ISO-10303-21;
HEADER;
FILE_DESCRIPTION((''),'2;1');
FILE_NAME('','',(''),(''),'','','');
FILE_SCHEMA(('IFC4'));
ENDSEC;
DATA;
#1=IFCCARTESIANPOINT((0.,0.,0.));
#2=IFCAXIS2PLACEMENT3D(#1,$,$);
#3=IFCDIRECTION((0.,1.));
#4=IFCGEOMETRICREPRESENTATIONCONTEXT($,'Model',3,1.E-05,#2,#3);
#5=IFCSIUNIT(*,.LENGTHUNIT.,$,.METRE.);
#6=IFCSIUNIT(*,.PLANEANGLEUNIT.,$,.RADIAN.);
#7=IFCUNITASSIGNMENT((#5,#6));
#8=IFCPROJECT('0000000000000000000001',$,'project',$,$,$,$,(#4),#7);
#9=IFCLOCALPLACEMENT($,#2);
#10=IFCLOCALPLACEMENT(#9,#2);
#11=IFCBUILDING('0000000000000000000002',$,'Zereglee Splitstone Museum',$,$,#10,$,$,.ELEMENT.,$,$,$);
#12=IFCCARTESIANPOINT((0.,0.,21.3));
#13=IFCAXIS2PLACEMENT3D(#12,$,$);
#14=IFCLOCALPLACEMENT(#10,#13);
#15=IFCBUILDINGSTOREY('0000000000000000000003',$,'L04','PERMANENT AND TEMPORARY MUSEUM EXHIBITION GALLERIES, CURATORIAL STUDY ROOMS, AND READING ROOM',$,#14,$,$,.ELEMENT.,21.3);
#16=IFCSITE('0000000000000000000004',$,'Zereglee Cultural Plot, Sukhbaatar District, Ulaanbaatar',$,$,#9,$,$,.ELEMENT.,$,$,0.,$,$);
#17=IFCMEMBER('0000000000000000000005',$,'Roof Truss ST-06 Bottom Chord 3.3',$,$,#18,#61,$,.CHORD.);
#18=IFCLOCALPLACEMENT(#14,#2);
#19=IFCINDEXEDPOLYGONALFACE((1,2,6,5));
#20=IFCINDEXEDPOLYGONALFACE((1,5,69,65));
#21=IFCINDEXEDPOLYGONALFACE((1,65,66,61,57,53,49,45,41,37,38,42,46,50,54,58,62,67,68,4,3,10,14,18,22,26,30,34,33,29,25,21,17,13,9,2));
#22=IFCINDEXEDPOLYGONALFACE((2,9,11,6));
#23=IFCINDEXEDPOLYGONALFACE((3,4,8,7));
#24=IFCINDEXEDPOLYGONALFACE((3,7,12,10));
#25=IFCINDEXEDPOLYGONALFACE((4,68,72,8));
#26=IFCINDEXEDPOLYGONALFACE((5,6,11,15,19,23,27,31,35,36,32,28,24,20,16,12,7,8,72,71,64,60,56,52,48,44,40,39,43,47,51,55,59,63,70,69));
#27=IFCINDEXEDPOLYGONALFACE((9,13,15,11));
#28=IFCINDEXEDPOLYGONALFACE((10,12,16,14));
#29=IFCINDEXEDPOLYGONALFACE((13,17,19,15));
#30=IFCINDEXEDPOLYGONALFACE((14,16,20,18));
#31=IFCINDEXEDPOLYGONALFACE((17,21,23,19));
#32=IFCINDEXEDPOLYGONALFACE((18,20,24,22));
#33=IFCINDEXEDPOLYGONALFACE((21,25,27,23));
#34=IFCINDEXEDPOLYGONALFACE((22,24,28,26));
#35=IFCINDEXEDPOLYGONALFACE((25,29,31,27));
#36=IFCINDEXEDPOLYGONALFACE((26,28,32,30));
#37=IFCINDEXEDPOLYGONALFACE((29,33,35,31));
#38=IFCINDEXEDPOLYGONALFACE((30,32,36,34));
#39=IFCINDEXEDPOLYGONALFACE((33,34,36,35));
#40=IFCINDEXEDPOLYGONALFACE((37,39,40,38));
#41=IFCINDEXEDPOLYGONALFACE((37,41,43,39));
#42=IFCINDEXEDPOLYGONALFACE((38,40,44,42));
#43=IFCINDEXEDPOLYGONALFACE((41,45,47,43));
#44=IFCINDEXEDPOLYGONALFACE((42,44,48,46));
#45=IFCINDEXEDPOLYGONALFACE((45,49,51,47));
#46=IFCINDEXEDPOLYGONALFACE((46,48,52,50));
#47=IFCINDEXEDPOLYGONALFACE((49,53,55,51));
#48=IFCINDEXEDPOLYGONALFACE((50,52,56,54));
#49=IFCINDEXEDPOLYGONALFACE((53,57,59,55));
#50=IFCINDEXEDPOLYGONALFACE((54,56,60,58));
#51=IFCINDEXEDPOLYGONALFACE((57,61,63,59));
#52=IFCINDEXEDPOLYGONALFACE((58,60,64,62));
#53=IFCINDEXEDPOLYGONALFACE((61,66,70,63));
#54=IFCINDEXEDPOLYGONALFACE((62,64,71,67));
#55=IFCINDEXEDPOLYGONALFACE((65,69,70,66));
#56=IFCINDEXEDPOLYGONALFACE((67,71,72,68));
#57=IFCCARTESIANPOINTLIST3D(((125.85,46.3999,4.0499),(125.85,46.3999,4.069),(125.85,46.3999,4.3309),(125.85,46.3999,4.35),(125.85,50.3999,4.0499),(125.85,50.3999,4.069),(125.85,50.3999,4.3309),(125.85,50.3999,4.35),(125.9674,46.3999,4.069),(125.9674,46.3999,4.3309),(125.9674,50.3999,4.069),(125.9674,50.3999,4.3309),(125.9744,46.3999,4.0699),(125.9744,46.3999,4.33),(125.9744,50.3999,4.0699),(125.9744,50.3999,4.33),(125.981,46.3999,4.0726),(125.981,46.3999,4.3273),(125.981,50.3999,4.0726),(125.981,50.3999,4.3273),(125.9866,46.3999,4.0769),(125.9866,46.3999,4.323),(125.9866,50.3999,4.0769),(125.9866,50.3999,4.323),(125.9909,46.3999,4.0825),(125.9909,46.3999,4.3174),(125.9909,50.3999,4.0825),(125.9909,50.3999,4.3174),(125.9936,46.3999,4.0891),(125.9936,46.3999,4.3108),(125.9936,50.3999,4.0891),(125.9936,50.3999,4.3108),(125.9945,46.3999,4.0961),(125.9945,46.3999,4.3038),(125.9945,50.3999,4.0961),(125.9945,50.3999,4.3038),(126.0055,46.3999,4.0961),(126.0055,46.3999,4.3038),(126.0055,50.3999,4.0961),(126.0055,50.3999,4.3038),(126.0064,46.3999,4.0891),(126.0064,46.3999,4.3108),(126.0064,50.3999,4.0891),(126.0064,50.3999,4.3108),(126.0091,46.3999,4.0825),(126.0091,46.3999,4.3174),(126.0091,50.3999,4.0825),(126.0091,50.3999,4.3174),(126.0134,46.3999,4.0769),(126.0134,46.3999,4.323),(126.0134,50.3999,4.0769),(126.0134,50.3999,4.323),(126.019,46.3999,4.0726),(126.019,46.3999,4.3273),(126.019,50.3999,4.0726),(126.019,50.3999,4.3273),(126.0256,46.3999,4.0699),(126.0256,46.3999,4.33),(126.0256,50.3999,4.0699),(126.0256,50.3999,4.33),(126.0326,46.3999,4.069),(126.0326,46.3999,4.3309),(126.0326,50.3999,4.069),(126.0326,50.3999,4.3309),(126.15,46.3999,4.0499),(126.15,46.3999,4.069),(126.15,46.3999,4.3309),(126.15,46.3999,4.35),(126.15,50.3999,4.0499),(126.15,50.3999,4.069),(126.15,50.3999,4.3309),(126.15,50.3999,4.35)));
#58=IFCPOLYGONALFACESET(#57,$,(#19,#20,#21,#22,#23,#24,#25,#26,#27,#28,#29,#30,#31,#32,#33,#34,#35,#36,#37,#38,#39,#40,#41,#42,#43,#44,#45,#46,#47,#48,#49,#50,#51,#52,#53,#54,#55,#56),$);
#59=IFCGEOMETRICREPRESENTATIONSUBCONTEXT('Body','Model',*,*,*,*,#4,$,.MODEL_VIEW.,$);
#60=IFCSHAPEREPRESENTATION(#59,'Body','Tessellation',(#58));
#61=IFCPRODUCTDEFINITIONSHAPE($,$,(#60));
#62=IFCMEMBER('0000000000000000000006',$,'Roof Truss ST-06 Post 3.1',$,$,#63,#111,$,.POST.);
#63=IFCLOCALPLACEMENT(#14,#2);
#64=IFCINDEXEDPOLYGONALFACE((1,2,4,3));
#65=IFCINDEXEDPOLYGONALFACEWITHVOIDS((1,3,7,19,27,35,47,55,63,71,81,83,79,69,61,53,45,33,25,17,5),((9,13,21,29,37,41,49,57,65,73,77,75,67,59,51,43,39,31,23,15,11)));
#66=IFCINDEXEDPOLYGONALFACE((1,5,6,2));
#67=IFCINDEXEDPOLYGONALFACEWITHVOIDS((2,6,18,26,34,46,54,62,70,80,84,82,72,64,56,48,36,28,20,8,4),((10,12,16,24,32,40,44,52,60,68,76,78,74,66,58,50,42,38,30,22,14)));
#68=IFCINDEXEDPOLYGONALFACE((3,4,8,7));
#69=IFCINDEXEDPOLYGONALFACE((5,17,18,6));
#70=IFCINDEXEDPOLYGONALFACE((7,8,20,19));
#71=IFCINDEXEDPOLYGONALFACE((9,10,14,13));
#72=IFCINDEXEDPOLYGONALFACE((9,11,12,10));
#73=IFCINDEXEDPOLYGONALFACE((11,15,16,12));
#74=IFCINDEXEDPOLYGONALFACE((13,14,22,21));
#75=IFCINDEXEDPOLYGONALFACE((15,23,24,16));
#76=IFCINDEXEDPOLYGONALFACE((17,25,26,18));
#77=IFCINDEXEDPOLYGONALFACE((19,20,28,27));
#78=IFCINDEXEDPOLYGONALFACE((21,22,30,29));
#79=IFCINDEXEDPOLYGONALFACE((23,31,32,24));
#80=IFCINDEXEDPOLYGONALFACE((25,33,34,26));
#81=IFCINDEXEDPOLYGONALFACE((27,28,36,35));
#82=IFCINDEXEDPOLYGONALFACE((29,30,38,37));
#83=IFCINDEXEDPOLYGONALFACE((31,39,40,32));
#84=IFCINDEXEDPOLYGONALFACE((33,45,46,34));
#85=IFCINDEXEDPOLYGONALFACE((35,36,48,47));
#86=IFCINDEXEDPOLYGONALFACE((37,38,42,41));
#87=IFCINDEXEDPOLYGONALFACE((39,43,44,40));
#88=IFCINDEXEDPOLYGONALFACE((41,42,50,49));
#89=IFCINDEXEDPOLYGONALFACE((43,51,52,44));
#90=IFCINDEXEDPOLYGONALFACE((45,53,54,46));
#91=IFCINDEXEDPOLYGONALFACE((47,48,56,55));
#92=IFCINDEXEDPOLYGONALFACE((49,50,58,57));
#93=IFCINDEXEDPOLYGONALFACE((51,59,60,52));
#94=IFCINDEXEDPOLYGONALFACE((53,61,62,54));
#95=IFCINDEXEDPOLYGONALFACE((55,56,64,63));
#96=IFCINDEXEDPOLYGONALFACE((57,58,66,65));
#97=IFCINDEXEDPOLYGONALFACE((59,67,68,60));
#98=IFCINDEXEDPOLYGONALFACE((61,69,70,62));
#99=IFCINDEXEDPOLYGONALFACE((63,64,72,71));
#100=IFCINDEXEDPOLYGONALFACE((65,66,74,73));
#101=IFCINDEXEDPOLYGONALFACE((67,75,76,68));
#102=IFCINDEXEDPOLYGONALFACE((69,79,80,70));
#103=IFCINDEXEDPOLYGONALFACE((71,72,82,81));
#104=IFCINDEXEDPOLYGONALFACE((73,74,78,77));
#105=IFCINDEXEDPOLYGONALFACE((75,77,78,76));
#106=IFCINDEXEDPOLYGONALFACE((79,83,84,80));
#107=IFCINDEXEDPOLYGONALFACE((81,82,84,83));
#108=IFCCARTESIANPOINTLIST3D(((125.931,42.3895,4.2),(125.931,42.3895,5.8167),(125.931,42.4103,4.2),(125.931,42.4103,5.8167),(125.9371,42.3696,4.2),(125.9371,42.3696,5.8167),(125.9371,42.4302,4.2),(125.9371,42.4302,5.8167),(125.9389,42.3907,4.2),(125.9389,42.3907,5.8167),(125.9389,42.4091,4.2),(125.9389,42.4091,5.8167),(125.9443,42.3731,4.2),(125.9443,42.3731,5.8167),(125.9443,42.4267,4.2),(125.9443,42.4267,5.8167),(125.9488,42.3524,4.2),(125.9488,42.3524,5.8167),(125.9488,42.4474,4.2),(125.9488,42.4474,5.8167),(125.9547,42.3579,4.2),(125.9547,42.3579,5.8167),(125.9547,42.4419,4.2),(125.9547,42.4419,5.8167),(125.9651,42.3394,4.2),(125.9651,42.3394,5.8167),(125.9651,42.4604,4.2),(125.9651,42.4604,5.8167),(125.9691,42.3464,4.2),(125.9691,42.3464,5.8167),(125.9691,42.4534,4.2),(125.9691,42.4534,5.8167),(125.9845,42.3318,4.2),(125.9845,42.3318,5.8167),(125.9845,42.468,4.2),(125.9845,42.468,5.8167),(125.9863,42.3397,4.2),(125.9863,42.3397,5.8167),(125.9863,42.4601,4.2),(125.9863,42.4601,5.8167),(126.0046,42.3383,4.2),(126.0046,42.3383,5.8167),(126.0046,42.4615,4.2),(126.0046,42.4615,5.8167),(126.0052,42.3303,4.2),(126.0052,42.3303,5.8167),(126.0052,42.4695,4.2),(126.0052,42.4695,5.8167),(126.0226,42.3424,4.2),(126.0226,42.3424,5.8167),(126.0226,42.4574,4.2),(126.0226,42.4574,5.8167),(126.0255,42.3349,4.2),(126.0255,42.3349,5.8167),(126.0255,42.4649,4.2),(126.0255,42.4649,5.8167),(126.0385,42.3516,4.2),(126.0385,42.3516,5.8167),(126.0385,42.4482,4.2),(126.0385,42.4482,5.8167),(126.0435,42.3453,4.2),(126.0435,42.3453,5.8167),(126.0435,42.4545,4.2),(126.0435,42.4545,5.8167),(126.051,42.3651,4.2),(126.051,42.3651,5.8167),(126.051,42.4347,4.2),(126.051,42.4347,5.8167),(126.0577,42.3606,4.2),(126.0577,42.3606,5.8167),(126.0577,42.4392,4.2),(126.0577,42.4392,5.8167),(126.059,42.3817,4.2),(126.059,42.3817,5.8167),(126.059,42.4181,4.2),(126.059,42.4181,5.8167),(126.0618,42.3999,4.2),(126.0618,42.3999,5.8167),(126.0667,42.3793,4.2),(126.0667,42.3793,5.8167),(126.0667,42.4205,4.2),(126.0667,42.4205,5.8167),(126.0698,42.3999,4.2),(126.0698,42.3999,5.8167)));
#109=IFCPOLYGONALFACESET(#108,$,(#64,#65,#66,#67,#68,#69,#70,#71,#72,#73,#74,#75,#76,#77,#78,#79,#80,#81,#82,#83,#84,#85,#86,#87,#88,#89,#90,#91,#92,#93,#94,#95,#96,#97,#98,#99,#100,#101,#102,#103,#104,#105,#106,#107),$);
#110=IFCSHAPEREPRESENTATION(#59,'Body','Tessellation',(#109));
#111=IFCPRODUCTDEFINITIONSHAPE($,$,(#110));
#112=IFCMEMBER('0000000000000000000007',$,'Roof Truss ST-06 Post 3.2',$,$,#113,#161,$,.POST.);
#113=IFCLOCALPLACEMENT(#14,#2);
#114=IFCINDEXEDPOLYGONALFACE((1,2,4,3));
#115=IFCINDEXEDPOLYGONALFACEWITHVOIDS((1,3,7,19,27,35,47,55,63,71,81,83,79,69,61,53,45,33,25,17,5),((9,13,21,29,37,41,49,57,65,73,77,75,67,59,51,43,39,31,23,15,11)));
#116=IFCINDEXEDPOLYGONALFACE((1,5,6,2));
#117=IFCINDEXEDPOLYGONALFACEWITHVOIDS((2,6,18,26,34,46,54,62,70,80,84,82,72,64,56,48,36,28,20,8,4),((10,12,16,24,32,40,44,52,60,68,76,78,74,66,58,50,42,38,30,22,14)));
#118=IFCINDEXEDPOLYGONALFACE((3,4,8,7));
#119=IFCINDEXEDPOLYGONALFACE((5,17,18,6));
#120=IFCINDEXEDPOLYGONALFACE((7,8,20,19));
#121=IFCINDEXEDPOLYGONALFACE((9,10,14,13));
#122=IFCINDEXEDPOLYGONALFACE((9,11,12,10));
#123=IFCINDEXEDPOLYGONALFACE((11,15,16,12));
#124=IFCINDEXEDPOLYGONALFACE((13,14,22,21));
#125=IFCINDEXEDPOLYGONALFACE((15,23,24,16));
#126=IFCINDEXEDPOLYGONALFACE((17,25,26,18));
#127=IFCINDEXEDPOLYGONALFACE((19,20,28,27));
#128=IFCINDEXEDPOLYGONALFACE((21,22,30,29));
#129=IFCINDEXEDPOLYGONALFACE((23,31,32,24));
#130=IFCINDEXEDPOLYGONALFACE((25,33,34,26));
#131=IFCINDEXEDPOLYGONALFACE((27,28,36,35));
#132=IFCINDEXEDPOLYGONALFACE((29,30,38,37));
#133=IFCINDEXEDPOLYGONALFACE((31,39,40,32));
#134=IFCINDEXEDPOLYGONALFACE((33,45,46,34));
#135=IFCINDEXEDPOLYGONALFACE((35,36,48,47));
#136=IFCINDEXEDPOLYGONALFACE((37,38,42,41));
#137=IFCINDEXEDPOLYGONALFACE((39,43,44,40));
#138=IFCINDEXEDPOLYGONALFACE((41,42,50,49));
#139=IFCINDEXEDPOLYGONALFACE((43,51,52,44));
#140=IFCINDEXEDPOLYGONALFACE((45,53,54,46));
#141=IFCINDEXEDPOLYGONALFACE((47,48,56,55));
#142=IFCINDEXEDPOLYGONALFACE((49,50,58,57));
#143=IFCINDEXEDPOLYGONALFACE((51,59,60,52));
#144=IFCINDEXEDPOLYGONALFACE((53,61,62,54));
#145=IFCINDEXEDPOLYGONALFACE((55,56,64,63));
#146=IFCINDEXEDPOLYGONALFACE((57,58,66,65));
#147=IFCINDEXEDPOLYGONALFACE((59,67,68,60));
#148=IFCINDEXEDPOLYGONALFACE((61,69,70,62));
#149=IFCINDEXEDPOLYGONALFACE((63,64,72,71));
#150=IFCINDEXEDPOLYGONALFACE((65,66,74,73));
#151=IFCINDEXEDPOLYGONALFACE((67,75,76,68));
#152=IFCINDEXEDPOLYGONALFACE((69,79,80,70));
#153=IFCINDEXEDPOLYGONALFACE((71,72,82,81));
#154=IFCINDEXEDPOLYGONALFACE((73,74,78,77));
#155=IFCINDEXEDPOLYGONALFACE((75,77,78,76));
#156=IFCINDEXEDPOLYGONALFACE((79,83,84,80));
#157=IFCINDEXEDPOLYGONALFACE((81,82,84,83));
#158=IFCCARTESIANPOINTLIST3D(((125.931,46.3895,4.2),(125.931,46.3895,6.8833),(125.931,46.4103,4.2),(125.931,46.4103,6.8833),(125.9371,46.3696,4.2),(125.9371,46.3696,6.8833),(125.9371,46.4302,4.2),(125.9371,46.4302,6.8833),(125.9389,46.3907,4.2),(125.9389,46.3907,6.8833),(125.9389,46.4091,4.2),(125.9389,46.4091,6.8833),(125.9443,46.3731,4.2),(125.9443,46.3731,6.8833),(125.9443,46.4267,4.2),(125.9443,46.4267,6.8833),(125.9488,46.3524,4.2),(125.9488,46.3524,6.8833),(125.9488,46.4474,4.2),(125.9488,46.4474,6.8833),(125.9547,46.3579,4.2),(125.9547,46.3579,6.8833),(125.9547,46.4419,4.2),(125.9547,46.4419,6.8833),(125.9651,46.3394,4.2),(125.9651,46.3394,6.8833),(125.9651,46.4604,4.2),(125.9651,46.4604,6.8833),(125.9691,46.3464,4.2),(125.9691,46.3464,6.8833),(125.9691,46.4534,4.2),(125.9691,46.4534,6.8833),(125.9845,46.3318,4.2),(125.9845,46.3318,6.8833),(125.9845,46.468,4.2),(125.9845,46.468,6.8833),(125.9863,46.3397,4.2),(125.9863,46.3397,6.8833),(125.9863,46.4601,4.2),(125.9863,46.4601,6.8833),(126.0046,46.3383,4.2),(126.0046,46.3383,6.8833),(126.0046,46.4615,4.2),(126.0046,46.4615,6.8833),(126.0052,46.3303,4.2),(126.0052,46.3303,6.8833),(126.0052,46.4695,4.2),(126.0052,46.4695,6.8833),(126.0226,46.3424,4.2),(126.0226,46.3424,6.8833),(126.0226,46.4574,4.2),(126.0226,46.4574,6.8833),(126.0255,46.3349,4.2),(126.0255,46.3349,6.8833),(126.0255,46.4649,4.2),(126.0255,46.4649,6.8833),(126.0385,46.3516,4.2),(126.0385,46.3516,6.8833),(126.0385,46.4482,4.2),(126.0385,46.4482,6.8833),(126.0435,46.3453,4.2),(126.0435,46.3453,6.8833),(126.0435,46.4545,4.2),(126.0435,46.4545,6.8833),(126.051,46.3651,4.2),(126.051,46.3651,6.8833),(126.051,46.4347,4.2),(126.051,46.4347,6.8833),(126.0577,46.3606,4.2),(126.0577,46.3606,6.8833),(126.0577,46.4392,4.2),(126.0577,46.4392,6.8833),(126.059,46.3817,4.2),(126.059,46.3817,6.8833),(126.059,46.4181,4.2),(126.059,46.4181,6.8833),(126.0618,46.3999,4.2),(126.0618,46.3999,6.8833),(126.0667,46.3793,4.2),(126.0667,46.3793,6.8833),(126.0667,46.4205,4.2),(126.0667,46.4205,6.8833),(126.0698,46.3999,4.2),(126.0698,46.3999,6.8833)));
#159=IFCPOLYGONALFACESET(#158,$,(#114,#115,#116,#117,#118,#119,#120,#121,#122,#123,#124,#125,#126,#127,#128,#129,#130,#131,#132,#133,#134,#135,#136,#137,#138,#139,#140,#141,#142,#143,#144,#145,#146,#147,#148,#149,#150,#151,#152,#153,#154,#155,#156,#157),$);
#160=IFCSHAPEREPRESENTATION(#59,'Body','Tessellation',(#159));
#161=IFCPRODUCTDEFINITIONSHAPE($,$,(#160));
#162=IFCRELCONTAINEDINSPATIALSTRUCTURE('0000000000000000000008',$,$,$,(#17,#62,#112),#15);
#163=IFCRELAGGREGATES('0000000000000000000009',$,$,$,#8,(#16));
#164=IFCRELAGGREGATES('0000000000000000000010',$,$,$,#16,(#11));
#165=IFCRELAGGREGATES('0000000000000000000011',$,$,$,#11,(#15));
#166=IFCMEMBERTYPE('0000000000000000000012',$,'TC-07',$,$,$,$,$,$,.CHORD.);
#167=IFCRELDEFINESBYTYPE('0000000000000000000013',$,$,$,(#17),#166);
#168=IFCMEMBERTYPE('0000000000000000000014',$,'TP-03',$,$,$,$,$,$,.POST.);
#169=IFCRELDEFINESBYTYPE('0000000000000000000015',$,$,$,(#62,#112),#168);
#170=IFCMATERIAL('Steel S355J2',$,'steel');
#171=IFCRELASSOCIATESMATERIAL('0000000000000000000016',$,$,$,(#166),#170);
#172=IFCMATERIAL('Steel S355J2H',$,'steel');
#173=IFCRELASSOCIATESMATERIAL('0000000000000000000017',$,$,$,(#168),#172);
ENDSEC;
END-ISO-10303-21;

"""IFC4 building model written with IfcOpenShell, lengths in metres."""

from ifc_helpers import new_model, si_unit, direction, frame, origin, origin_2d, place, context, subcontext, project, spatial, hollow_circle, i_section, extrude, material, material_profile, profile_set, type_object, element, save


model = new_model("IFC4")

# Units and contexts
model_context = context("Model", 3, precision=1e-05, world=origin(), true_north=direction((0.0, 1.0)))
body_context = subcontext(model_context, "Body", "Model", "MODEL_VIEW")
ifc_project = project(units=[si_unit("LENGTHUNIT", "METRE"), si_unit("PLANEANGLEUNIT", "RADIAN")], contexts=[model_context])

# Site, building, storey
site_placement = place(None, origin())
site = spatial("IfcSite", under=ifc_project, at=site_placement, Name="Zereglee Cultural Plot, Sukhbaatar District, Ulaanbaatar", CompositionType="ELEMENT", RefElevation=0.0)
building_placement = place(site_placement, origin())
building = spatial("IfcBuilding", under=site, at=building_placement, Name="Zereglee Splitstone Museum", CompositionType="ELEMENT")
storey_placement = place(building_placement, frame((0.0, 0.0, 21.3)))
storey = spatial("IfcBuildingStorey", under=building, at=storey_placement, Name="L04", Description="PERMANENT AND TEMPORARY MUSEUM EXHIBITION GALLERIES, CURATORIAL STUDY ROOMS, AND READING ROOM", CompositionType="ELEMENT", Elevation=21.3)

# Members
ifc_material_1 = material(Name="Steel S355J2H", Category="steel")
ifc_material_2 = material(Name="Steel S355J2", Category="steel")
ifc_material_profile_1 = material_profile(ifc_material_2, i_section(OverallWidth=0.3, OverallDepth=0.3, WebThickness=0.011, FlangeThickness=0.019, FilletRadius=0.0271, at=origin_2d()), Name="HE 300 B")
ifc_profile_set_1 = profile_set([ifc_material_profile_1], Name="Steel S355J2")
member_type_1 = type_object("IfcMemberType", Name="TC-07", PredefinedType="CHORD", material=ifc_profile_set_1)
for number, where, z_axis, x_axis, name in (
    (1, (126.0, 46.3999, 4.2), (0.0, 1.0, 0.0), (-1.0, 0.0, 0.0), "Roof Truss ST-06 Bottom Chord 3.3"),
):
    element("IfcMember", number, at=place(storey_placement, frame(where, z_axis=z_axis, x_axis=x_axis)), inside=storey, type_object=member_type_1, Name=name, PredefinedType="CHORD", context=body_context, shape_type="SweptSolid", body=[
        extrude(i_section(OverallWidth=0.3, OverallDepth=0.3, WebThickness=0.011, FlangeThickness=0.019, FilletRadius=0.0271, at=origin_2d()), origin(), (0.0, 0.0, 1.0), 4.0),
    ])
ifc_material_profile_2 = material_profile(ifc_material_1, hollow_circle(Radius=0.0698, WallThickness=0.0081, at=origin_2d()), Name="CHS 139.7x8")
ifc_profile_set_2 = profile_set([ifc_material_profile_2], Name="Steel S355J2H")
member_type_2 = type_object("IfcMemberType", Name="TP-03", PredefinedType="POST", material=ifc_profile_set_2)
member_1_placement = place(storey_placement, frame((126.0, 42.3999, 4.2), z_axis=(0.0, 0.0, 1.0), x_axis=(1.0, 0.0, 0.0)))
element("IfcMember", 2, at=member_1_placement, inside=storey, type_object=member_type_2, Name="Roof Truss ST-06 Post 3.1", PredefinedType="POST", context=body_context, shape_type="SweptSolid", body=[
    extrude(hollow_circle(Radius=0.0698, WallThickness=0.0081, at=origin_2d()), origin(), (0.0, 0.0, 1.0), 1.6167),
])
member_2_placement = place(storey_placement, frame((126.0, 46.3999, 4.2), z_axis=(0.0, 0.0, 1.0), x_axis=(1.0, 0.0, 0.0)))
element("IfcMember", 3, at=member_2_placement, inside=storey, type_object=member_type_2, Name="Roof Truss ST-06 Post 3.2", PredefinedType="POST", context=body_context, shape_type="SweptSolid", body=[
    extrude(hollow_circle(Radius=0.0698, WallThickness=0.0081, at=origin_2d()), origin(), (0.0, 0.0, 1.0), 2.6833),
])

save(model, "model.ifc")
